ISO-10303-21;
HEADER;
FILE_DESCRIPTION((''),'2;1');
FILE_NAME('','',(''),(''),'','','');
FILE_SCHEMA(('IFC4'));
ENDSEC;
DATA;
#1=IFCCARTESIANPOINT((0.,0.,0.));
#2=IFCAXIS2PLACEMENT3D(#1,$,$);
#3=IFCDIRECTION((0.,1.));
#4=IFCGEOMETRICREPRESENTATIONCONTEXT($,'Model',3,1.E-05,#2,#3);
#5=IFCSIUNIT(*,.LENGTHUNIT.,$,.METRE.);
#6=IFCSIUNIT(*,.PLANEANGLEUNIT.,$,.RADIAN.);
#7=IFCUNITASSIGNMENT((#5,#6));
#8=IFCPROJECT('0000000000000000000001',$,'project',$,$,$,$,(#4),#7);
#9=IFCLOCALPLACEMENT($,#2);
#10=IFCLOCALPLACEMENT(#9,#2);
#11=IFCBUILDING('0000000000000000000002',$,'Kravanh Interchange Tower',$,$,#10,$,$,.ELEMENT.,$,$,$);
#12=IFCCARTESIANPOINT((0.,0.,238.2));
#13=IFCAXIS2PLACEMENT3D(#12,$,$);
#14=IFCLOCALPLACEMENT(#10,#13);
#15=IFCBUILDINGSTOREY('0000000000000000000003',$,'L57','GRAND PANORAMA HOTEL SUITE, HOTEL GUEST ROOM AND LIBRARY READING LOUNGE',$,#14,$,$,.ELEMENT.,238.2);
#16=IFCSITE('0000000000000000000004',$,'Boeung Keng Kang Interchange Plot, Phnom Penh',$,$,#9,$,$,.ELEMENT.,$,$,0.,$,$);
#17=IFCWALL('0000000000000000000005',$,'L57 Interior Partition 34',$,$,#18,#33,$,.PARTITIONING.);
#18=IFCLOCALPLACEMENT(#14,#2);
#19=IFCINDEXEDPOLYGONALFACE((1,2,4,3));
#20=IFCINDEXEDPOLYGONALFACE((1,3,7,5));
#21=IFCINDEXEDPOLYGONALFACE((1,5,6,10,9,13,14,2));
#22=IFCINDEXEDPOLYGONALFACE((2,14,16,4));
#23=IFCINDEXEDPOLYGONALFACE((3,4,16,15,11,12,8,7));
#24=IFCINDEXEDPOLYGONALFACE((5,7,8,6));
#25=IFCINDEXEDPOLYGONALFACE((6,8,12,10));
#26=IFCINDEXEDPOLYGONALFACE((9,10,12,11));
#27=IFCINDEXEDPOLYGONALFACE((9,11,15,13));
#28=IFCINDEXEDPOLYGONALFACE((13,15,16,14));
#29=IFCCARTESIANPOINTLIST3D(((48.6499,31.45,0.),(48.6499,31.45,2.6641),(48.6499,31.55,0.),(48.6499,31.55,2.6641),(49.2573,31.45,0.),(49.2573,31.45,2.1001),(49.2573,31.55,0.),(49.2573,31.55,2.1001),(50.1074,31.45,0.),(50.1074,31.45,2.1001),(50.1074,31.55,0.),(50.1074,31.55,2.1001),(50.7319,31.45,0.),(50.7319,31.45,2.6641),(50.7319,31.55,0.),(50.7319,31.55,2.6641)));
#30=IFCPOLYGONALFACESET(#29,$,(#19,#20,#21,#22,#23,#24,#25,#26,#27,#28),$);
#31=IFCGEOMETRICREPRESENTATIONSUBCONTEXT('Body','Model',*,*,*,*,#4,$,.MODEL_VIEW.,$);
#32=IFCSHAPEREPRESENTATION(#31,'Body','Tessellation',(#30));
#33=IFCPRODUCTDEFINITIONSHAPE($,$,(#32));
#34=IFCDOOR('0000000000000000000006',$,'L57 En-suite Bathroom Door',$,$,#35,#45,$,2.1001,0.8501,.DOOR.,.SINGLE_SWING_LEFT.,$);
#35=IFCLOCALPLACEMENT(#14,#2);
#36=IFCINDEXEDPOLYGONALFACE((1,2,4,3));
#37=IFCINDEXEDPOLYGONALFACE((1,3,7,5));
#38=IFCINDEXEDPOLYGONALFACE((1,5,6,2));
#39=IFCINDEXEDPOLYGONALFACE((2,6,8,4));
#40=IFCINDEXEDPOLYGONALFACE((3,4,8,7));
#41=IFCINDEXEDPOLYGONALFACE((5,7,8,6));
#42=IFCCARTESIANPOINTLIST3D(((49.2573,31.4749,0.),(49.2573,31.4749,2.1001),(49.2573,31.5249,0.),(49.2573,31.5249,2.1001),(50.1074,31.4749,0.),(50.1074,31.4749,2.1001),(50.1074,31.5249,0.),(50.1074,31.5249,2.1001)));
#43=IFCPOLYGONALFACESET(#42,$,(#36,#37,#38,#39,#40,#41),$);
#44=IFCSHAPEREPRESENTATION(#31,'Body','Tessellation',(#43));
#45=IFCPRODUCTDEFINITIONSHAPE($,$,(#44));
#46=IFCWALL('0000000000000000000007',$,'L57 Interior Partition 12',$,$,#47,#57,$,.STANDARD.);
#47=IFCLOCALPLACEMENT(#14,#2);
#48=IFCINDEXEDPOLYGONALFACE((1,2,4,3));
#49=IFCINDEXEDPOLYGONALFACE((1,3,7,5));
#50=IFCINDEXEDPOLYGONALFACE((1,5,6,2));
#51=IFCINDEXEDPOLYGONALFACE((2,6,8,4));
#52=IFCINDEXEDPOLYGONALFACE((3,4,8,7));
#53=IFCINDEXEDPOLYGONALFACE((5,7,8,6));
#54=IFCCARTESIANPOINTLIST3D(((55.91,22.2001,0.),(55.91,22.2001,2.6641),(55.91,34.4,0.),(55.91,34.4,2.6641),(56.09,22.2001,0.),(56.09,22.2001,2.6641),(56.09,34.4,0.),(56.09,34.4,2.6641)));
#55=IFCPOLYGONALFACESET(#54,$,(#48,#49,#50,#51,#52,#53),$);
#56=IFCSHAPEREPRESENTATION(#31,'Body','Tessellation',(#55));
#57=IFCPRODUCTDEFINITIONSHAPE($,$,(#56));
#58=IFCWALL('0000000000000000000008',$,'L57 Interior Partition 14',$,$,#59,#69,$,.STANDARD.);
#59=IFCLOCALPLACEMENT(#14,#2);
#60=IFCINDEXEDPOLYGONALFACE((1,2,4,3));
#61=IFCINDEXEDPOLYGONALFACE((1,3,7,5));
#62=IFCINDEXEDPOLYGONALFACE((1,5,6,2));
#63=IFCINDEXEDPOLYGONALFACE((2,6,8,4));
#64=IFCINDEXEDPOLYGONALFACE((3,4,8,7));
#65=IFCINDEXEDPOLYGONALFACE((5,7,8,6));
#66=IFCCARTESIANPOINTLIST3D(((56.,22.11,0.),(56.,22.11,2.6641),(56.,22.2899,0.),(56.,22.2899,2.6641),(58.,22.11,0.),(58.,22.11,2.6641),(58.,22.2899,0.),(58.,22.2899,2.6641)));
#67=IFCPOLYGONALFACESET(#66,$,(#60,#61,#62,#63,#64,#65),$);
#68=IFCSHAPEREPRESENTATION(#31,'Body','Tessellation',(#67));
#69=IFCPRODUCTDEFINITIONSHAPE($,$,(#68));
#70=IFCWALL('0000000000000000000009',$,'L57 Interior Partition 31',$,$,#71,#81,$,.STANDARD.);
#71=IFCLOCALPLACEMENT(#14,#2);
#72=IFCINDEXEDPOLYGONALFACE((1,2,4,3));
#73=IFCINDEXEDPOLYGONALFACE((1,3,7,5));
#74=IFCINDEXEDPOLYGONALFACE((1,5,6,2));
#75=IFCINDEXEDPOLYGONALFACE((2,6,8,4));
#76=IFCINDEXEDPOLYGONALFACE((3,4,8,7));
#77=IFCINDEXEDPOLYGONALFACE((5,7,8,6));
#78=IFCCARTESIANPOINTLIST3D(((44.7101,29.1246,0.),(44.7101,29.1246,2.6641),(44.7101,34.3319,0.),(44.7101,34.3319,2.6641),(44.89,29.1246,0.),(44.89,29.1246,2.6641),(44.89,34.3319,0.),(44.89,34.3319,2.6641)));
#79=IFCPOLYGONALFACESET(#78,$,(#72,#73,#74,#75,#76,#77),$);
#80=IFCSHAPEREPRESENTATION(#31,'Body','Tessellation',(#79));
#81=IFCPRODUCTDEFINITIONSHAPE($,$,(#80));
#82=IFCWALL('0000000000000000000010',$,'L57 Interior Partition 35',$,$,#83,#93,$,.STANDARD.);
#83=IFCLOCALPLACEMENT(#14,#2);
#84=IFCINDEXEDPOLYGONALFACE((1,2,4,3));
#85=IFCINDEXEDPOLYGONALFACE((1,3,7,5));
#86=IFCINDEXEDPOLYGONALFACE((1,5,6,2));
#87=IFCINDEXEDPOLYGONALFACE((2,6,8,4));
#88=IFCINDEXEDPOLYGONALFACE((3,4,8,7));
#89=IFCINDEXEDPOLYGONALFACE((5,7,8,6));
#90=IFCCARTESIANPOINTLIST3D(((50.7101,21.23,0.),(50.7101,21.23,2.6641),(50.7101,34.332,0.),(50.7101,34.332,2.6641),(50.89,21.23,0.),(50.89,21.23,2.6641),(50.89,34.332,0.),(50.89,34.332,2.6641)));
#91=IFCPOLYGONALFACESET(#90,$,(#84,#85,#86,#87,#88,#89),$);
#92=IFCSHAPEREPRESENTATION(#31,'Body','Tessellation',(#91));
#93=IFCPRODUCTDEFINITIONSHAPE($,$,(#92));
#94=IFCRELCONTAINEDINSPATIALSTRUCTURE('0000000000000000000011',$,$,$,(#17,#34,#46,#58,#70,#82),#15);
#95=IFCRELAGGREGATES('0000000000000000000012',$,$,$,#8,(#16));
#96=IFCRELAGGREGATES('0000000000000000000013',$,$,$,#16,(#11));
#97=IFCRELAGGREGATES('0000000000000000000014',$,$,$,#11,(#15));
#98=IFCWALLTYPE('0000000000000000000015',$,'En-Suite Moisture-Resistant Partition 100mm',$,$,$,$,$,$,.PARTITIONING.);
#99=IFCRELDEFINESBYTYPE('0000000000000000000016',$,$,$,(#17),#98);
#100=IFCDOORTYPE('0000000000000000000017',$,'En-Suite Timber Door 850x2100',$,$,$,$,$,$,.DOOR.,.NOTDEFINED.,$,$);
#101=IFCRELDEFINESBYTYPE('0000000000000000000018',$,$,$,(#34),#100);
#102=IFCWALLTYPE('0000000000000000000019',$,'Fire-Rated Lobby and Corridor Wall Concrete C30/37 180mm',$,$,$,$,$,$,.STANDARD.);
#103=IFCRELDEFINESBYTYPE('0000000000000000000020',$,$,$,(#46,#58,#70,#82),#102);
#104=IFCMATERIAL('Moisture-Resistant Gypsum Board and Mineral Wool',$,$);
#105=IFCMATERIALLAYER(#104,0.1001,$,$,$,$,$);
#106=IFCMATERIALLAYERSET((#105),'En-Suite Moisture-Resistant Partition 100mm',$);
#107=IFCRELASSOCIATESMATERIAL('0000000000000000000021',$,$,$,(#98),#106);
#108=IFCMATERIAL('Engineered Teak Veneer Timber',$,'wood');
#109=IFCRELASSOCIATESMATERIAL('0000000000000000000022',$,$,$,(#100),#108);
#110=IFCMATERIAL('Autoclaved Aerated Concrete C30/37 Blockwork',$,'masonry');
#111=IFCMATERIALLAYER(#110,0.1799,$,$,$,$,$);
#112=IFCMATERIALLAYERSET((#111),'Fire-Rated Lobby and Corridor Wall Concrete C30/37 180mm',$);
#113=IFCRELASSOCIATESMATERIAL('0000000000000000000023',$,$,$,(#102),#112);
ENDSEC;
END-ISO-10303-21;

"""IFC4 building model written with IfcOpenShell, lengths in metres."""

from ifc_helpers import new_model, si_unit, direction, frame, frame_2d, origin, place, context, subcontext, project, spatial, rectangle, extrude, material, layer, layer_set, type_object, element, fill, save


model = new_model("IFC4")

# Units and contexts
model_context = context("Model", 3, precision=1e-05, world=origin(), true_north=direction((0.0, 1.0)))
body_context = subcontext(model_context, "Body", "Model", "MODEL_VIEW")
ifc_project = project(units=[si_unit("LENGTHUNIT", "METRE"), si_unit("PLANEANGLEUNIT", "RADIAN")], contexts=[model_context])

# Site, building, storey
site_placement = place(None, origin())
site = spatial("IfcSite", under=ifc_project, at=site_placement, Name="Boeung Keng Kang Interchange Plot, Phnom Penh", CompositionType="ELEMENT", RefElevation=0.0)
building_placement = place(site_placement, origin())
building = spatial("IfcBuilding", under=site, at=building_placement, Name="Kravanh Interchange Tower", CompositionType="ELEMENT")
storey_placement = place(building_placement, frame((0.0, 0.0, 238.2)))
storey = spatial("IfcBuildingStorey", under=building, at=storey_placement, Name="L57", Description="GRAND PANORAMA HOTEL SUITE, HOTEL GUEST ROOM AND LIBRARY READING LOUNGE", CompositionType="ELEMENT", Elevation=238.2)

# Shared definitions
ifc_material_1 = material(Name="Moisture-Resistant Gypsum Board and Mineral Wool")
ifc_layer_1 = layer(ifc_material_1, 0.1001)
ifc_layer_set_1 = layer_set([ifc_layer_1], Name="En-Suite Moisture-Resistant Partition 100mm")
wall_type_1 = type_object("IfcWallType", Name="En-Suite Moisture-Resistant Partition 100mm", PredefinedType="PARTITIONING", material=ifc_layer_set_1)

# Wall, opening, door
wall_1_placement = place(storey_placement, frame((48.6499, 31.5, 0.0), z_axis=(0.0, 0.0, 1.0), x_axis=(1.0, 0.0, 0.0)))
wall_1 = element("IfcWall", 1, at=wall_1_placement, inside=storey, type_object=wall_type_1, Name="L57 Interior Partition 34", PredefinedType="PARTITIONING", context=body_context, shape_type="SweptSolid", body=[
    extrude(rectangle(XDim=2.082, YDim=0.1001, at=frame_2d((1.041, 0.0))), origin(), (0.0, 0.0, 1.0), 2.6641),
])
opening_1_placement = place(wall_1_placement, frame((0.6074, 0.0, 0.0)))
opening_1 = element("IfcOpeningElement", 2, at=opening_1_placement, cuts=wall_1, PredefinedType="OPENING", context=body_context, shape_type="SweptSolid", body=[
    extrude(rectangle(XDim=0.8501, YDim=2.1001, at=frame_2d((0.425, 1.05))), frame((0.0, 0.0601, 0.0), z_axis=(0.0, -1.0, 0.0), x_axis=(1.0, 0.0, 0.0)), (0.0, 0.0, 1.0), 0.1201),
])
ifc_material_2 = material(Name="Engineered Teak Veneer Timber", Category="wood")
door_type_1 = type_object("IfcDoorType", Name="En-Suite Timber Door 850x2100", OperationType="NOTDEFINED", PredefinedType="DOOR", material=ifc_material_2)
door_1_placement = place(opening_1_placement, origin())
door_1 = element("IfcDoor", 3, at=door_1_placement, inside=storey, type_object=door_type_1, Name="L57 En-suite Bathroom Door", OperationType="SINGLE_SWING_LEFT", OverallHeight=2.1001, OverallWidth=0.8501, PredefinedType="DOOR", context=body_context, shape_type="SweptSolid", body=[
    extrude(rectangle(XDim=0.8501, YDim=2.1001, at=frame_2d((0.425, 1.05))), frame((0.0, 0.0249, 0.0), z_axis=(0.0, -1.0, 0.0), x_axis=(1.0, 0.0, 0.0)), (0.0, 0.0, 1.0), 0.05),
])
fill(opening_1, door_1)

# Walls
ifc_material_3 = material(Name="Autoclaved Aerated Concrete C30/37 Blockwork", Category="masonry")
ifc_layer_2 = layer(ifc_material_3, 0.1799)
ifc_layer_set_2 = layer_set([ifc_layer_2], Name="Fire-Rated Lobby and Corridor Wall Concrete C30/37 180mm")
wall_type_2 = type_object("IfcWallType", Name="Fire-Rated Lobby and Corridor Wall Concrete C30/37 180mm", PredefinedType="STANDARD", material=ifc_layer_set_2)
wall_2_placement = place(storey_placement, frame((56.0, 22.2, 0.0), z_axis=(0.0, 0.0, 1.0), x_axis=(0.0, 1.0, 0.0)))
element("IfcWall", 4, at=wall_2_placement, inside=storey, type_object=wall_type_2, Name="L57 Interior Partition 12", PredefinedType="STANDARD", context=body_context, shape_type="SweptSolid", body=[
    extrude(rectangle(XDim=12.2, YDim=0.1799, at=frame_2d((6.1001, 0.0))), origin(), (0.0, 0.0, 1.0), 2.6641),
])
wall_3_placement = place(storey_placement, frame((56.0, 22.2, 0.0), z_axis=(0.0, 0.0, 1.0), x_axis=(1.0, 0.0, 0.0)))
element("IfcWall", 5, at=wall_3_placement, inside=storey, type_object=wall_type_2, Name="L57 Interior Partition 14", PredefinedType="STANDARD", context=body_context, shape_type="SweptSolid", body=[
    extrude(rectangle(XDim=2.0, YDim=0.1799, at=frame_2d((1.0, 0.0))), origin(), (0.0, 0.0, 1.0), 2.6641),
])
wall_4_placement = place(storey_placement, frame((44.8, 29.1248, 0.0), z_axis=(0.0, 0.0, 1.0), x_axis=(0.0, 1.0, 0.0)))
element("IfcWall", 6, at=wall_4_placement, inside=storey, type_object=wall_type_2, Name="L57 Interior Partition 31", PredefinedType="STANDARD", context=body_context, shape_type="SweptSolid", body=[
    extrude(rectangle(XDim=5.2073, YDim=0.1799, at=frame_2d((2.6035, 0.0))), origin(), (0.0, 0.0, 1.0), 2.6641),
])
wall_5_placement = place(storey_placement, frame((50.8, 21.23, 0.0), z_axis=(0.0, 0.0, 1.0), x_axis=(0.0, 1.0, 0.0)))
element("IfcWall", 7, at=wall_5_placement, inside=storey, type_object=wall_type_2, Name="L57 Interior Partition 35", PredefinedType="STANDARD", context=body_context, shape_type="SweptSolid", body=[
    extrude(rectangle(XDim=13.1021, YDim=0.1799, at=frame_2d((6.551, 0.0))), origin(), (0.0, 0.0, 1.0), 2.6641),
])

save(model, "model.ifc")
